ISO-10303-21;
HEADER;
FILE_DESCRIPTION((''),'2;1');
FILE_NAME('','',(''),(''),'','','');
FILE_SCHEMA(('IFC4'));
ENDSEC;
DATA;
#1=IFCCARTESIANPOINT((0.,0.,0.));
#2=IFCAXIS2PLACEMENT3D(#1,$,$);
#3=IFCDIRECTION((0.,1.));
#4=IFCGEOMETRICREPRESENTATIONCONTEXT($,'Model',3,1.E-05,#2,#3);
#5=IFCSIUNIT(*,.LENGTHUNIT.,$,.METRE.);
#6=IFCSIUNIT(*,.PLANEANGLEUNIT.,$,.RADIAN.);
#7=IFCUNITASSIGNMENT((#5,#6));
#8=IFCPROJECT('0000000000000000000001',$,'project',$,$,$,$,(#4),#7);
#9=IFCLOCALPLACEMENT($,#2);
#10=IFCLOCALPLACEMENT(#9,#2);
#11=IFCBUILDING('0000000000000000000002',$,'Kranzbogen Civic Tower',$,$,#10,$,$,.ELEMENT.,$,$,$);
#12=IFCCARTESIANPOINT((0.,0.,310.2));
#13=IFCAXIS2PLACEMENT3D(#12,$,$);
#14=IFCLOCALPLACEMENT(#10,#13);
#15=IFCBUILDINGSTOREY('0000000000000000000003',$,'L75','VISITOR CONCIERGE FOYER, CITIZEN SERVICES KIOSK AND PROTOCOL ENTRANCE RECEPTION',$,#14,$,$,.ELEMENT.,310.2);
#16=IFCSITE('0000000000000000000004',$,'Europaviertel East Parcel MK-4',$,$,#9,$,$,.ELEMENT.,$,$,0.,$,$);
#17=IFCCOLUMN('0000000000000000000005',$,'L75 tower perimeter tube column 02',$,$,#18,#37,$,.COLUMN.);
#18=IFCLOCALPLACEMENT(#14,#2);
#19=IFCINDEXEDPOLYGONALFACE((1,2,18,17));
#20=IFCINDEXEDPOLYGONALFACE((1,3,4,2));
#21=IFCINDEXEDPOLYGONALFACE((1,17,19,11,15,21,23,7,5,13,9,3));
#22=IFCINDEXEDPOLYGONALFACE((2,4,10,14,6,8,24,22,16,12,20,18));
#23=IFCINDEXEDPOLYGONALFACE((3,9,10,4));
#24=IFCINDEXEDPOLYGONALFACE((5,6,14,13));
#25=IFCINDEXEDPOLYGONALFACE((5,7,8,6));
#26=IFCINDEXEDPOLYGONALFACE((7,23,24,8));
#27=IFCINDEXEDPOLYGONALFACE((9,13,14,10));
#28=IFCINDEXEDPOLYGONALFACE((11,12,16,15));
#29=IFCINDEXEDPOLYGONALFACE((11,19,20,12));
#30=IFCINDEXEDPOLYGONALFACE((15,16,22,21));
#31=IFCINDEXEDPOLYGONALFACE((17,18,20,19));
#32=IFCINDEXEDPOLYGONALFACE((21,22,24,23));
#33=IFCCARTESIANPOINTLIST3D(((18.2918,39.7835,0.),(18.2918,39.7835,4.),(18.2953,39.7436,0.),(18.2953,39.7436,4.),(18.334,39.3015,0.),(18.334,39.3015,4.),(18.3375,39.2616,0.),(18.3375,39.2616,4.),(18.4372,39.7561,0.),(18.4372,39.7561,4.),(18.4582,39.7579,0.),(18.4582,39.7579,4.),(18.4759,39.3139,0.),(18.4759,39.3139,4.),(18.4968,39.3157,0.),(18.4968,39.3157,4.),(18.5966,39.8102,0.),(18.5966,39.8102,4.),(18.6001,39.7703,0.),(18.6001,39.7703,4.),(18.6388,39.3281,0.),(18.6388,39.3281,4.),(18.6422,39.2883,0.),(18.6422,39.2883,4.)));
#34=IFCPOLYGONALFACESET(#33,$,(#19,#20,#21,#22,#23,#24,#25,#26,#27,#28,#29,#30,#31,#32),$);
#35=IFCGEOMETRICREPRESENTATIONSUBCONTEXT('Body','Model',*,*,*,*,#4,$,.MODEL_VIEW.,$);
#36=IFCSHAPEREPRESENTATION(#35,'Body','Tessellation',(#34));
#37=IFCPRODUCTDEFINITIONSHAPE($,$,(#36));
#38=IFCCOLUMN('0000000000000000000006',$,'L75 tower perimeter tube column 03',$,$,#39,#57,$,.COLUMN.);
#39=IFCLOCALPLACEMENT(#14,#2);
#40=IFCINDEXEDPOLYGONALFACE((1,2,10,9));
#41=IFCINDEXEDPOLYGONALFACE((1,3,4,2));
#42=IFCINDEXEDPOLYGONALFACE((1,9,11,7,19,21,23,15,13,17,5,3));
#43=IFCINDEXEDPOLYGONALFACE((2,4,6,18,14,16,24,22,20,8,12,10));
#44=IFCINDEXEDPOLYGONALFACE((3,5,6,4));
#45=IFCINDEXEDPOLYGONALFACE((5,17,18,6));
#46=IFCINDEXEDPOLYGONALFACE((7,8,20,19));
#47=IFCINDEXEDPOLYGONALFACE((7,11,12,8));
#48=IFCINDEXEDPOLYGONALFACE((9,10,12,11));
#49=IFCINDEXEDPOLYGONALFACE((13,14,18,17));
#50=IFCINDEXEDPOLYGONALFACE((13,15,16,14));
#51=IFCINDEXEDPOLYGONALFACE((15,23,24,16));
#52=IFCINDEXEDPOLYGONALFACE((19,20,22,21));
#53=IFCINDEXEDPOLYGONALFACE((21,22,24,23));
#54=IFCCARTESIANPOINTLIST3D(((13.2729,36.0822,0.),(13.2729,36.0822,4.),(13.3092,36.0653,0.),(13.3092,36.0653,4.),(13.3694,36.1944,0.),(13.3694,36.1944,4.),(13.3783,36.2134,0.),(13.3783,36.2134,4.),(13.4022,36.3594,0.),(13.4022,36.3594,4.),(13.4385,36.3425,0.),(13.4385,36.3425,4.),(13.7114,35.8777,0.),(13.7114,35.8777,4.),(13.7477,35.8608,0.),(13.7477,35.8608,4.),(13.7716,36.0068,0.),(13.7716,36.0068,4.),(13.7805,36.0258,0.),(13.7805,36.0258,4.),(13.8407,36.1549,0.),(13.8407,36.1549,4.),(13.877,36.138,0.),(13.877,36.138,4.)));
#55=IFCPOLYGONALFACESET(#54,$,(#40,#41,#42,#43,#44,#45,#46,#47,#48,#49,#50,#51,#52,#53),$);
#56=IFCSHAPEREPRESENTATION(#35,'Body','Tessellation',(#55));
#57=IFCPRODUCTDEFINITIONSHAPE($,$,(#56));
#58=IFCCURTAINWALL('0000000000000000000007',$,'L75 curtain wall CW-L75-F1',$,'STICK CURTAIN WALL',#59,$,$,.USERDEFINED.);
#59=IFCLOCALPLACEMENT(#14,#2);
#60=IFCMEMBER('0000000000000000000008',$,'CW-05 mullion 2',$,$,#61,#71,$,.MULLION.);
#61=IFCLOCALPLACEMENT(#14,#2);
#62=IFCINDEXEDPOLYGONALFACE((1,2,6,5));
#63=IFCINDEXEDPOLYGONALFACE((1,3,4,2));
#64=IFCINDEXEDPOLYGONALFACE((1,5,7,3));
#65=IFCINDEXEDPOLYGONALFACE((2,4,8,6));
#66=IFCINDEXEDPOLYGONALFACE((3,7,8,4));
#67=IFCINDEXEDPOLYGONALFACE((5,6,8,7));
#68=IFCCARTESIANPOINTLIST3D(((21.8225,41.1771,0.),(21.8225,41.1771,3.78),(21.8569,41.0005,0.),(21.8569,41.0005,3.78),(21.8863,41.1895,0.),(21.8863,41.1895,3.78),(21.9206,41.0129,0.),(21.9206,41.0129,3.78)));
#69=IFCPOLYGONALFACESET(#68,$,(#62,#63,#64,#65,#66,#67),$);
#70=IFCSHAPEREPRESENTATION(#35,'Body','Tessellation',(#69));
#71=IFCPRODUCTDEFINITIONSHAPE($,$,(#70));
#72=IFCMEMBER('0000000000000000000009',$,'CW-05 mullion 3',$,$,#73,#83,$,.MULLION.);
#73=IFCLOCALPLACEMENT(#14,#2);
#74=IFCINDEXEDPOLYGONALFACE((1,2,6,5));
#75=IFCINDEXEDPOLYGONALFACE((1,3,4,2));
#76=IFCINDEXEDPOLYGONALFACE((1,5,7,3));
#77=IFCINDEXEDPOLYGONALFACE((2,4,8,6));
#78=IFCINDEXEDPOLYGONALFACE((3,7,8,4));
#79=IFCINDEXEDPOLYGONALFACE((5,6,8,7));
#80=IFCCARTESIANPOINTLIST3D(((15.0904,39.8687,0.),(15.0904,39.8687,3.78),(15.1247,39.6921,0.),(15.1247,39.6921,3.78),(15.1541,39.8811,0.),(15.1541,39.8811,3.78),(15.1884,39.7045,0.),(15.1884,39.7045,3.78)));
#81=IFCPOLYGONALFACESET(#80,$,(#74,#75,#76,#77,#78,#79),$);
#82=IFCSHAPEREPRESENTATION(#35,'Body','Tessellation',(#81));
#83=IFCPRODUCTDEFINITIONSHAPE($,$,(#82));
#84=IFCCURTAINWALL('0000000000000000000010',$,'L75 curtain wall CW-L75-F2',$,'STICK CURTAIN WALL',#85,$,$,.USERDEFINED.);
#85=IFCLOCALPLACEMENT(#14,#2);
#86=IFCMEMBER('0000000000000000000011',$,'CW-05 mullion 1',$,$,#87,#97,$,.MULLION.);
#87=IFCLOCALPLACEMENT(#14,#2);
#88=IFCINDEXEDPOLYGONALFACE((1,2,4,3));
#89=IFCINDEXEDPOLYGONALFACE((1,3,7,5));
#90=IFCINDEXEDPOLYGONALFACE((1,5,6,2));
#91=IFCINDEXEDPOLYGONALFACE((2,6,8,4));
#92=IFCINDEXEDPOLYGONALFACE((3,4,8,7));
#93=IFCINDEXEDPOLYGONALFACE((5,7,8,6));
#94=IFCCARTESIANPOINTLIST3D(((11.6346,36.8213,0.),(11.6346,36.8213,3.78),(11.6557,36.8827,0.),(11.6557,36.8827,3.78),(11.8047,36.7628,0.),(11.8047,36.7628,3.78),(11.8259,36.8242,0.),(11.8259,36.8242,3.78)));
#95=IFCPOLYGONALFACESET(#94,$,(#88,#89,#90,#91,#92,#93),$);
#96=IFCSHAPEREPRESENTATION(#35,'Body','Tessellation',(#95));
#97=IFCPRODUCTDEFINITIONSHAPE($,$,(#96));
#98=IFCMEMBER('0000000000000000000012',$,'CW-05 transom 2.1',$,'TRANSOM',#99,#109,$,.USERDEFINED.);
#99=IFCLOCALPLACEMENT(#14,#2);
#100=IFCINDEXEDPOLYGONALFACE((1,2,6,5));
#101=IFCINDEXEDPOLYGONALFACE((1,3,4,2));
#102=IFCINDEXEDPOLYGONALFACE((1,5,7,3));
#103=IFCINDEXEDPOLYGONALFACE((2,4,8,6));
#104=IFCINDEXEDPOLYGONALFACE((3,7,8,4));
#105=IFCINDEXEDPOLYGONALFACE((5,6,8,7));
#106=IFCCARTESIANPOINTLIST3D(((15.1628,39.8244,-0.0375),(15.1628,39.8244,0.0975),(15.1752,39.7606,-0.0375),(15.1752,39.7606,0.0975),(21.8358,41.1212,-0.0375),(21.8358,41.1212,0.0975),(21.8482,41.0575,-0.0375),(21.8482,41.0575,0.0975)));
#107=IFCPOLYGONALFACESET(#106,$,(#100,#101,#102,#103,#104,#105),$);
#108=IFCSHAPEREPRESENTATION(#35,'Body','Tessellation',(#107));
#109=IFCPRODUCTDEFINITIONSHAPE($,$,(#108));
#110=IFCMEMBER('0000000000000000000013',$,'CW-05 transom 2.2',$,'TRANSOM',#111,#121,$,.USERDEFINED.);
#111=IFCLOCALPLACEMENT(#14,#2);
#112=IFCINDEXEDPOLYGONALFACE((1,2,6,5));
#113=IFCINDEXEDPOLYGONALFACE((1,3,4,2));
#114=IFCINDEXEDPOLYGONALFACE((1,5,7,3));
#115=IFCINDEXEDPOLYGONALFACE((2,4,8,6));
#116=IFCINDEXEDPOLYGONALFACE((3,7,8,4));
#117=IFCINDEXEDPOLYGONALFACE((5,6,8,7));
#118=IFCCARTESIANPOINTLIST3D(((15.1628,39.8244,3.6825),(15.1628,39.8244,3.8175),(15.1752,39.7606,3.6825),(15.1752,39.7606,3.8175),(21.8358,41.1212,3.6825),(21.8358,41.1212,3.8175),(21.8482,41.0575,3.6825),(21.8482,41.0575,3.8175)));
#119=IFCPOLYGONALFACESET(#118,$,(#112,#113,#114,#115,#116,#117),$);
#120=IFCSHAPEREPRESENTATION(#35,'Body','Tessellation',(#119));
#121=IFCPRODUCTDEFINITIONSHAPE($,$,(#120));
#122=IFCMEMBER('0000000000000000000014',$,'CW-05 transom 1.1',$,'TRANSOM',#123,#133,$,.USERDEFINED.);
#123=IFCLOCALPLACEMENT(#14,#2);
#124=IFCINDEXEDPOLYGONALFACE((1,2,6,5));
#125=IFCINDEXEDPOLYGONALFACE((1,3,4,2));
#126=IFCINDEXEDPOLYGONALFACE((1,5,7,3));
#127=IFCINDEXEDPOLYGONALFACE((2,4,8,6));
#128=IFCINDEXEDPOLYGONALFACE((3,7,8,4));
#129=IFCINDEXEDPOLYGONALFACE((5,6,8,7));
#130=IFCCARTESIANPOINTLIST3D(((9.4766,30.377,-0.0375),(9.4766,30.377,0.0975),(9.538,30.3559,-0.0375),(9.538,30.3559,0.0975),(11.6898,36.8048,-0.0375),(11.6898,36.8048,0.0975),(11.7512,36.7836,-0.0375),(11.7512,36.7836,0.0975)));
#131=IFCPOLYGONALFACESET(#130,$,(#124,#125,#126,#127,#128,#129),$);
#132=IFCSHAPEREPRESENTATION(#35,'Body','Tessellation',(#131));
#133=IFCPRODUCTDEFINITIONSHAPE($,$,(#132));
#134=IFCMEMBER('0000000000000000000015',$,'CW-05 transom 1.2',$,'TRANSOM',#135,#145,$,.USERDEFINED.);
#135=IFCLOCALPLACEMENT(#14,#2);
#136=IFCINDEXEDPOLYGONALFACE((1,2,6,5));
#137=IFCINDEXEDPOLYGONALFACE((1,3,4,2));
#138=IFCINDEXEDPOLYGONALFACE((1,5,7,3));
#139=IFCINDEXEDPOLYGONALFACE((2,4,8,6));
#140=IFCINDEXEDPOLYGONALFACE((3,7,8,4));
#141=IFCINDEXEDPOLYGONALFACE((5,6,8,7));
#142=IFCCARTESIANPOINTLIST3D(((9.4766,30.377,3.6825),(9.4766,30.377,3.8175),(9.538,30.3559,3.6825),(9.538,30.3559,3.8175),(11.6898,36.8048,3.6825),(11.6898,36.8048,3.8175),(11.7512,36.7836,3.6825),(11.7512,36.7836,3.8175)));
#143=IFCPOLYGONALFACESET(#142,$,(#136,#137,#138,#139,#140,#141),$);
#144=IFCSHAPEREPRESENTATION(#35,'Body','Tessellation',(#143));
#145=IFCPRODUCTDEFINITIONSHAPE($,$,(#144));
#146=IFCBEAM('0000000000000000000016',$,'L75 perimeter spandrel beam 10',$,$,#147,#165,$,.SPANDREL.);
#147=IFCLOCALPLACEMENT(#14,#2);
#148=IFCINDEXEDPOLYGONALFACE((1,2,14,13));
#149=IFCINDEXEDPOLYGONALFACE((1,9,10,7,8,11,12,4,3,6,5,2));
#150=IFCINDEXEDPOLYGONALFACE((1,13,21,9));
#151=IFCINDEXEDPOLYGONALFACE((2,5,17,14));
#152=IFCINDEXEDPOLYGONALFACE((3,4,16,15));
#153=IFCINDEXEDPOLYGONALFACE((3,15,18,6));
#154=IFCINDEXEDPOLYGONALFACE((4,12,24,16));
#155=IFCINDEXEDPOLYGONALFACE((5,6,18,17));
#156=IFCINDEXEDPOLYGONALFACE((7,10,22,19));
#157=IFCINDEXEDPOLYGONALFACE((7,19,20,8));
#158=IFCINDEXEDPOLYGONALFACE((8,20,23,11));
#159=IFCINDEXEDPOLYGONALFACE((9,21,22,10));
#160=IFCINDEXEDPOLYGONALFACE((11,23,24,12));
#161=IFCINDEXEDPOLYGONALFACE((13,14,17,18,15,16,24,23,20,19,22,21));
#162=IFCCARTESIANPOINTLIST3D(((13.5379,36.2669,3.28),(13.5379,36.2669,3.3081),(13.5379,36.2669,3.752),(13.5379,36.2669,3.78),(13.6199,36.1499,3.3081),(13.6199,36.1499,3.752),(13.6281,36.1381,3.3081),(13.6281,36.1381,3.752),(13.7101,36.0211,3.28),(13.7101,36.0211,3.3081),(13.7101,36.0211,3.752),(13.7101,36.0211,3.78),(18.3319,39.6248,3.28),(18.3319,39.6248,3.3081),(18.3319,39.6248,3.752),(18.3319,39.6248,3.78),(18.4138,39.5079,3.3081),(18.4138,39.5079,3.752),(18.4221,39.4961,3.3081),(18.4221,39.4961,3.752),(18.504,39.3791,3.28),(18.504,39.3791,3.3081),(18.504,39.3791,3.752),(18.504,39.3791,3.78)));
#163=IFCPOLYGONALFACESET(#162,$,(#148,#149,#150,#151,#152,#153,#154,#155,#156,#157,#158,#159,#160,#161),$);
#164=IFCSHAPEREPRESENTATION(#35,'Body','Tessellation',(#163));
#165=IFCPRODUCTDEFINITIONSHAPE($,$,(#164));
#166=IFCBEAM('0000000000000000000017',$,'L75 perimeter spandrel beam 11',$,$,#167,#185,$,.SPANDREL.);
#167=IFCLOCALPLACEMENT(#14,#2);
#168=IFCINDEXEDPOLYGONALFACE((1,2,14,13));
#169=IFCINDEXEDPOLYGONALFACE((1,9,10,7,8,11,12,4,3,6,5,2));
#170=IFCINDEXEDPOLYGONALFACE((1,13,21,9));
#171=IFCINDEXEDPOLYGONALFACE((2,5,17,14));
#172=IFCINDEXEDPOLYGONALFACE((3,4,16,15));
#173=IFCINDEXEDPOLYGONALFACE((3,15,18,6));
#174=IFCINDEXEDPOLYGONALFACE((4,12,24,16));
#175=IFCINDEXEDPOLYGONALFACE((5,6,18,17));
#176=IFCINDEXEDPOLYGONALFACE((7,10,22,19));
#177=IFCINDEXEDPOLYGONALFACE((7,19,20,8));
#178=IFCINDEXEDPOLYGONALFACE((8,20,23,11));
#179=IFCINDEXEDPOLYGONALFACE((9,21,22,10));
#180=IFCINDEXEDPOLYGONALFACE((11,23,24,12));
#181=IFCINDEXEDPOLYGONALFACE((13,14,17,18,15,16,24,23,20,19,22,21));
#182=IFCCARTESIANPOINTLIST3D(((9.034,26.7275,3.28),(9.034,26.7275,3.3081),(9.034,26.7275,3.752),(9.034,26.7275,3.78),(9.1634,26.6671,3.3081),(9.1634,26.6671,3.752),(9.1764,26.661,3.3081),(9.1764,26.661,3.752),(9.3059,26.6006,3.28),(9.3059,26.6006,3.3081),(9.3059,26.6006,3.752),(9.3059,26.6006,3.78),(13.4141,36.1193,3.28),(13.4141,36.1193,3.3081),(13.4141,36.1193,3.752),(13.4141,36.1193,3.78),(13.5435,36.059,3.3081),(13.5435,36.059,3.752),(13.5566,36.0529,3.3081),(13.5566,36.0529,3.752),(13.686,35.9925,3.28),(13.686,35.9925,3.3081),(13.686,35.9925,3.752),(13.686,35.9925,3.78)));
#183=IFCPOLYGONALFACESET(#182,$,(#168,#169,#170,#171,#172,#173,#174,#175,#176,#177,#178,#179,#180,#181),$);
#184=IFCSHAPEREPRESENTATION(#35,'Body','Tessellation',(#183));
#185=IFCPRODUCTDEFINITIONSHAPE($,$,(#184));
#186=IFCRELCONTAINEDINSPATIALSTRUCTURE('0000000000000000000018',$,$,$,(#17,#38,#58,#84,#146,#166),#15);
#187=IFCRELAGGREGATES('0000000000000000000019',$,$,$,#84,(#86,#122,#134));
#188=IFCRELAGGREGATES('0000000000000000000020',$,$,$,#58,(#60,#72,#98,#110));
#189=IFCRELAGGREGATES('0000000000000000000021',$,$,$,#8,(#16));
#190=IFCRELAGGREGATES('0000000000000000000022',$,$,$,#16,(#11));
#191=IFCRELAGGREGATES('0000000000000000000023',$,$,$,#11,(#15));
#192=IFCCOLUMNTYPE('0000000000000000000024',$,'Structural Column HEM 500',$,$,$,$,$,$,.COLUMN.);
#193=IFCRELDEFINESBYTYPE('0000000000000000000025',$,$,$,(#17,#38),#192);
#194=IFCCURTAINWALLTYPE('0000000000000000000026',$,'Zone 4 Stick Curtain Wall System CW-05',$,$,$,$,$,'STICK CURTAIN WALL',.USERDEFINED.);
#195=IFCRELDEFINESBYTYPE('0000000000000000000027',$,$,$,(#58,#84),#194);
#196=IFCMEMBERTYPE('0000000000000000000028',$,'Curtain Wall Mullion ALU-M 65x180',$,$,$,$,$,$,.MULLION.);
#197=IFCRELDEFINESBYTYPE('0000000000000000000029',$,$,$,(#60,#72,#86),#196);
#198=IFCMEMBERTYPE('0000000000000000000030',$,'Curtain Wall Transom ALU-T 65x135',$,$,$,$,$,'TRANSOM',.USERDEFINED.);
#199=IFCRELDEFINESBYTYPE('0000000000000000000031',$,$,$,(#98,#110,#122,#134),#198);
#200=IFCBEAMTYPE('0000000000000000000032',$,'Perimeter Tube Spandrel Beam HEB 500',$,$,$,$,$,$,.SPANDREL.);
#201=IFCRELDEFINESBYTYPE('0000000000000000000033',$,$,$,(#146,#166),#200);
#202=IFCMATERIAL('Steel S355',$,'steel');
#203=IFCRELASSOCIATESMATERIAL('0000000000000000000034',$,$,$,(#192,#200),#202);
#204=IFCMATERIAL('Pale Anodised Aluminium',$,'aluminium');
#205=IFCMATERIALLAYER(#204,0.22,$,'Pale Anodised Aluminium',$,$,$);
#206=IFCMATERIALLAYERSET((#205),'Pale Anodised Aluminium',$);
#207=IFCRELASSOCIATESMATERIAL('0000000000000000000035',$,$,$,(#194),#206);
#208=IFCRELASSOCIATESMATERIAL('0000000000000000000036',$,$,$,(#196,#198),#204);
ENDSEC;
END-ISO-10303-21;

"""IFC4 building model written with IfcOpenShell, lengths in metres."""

from ifc_helpers import new_model, si_unit, direction, frame, origin, origin_2d, place, context, subcontext, project, spatial, rectangle, i_section, extrude, material, layer, layer_set, material_profile, profile_set, type_object, element, aggregate, save


model = new_model("IFC4")

# Units and contexts
model_context = context("Model", 3, precision=1e-05, world=origin(), true_north=direction((0.0, 1.0)))
body_context = subcontext(model_context, "Body", "Model", "MODEL_VIEW")
ifc_project = project(units=[si_unit("LENGTHUNIT", "METRE"), si_unit("PLANEANGLEUNIT", "RADIAN")], contexts=[model_context])

# Site, building, storey
site_placement = place(None, origin())
site = spatial("IfcSite", under=ifc_project, at=site_placement, Name="Europaviertel East Parcel MK-4", CompositionType="ELEMENT", RefElevation=0.0)
building_placement = place(site_placement, origin())
building = spatial("IfcBuilding", under=site, at=building_placement, Name="Kranzbogen Civic Tower", CompositionType="ELEMENT")
storey_placement = place(building_placement, frame((0.0, 0.0, 310.2)))
storey = spatial("IfcBuildingStorey", under=building, at=storey_placement, Name="L75", Description="VISITOR CONCIERGE FOYER, CITIZEN SERVICES KIOSK AND PROTOCOL ENTRANCE RECEPTION", CompositionType="ELEMENT", Elevation=310.2)

# Columns
ifc_material_1 = material(Name="Steel S355", Category="steel")
ifc_material_profile_1 = material_profile(ifc_material_1, i_section(OverallWidth=0.3059, OverallDepth=0.5239, WebThickness=0.021, FlangeThickness=0.04, at=origin_2d()), Name="HEM 500")
ifc_profile_set_1 = profile_set([ifc_material_profile_1], Name="Steel S355")
column_type = type_object("IfcColumnType", Name="Structural Column HEM 500", PredefinedType="COLUMN", material=ifc_profile_set_1)
for number, where, z_axis, x_axis, name in (
    (1, (18.467, 39.5359, 0.0), (0.0, 0.0, 1.0), (0.996195, 0.087156, 0.0), "L75 tower perimeter tube column 02"),
    (2, (13.575, 36.1101, 0.0), (0.0, 0.0, 1.0), (0.422618, 0.906308, 0.0), "L75 tower perimeter tube column 03"),
):
    element("IfcColumn", number, at=place(storey_placement, frame(where, z_axis=z_axis, x_axis=x_axis)), inside=storey, type_object=column_type, Name=name, PredefinedType="COLUMN", context=body_context, shape_type="SweptSolid", body=[
        extrude(i_section(OverallWidth=0.3059, OverallDepth=0.5239, WebThickness=0.021, FlangeThickness=0.04, at=origin_2d()), origin(), (0.0, 0.0, 1.0), 4.0),
    ])

# Curtain wall, members
ifc_material_2 = material(Name="Pale Anodised Aluminium", Category="aluminium")
ifc_layer_1 = layer(ifc_material_2, 0.22, Name="Pale Anodised Aluminium")
ifc_layer_set_1 = layer_set([ifc_layer_1], Name="Pale Anodised Aluminium")
curtain_wall_type = type_object("IfcCurtainWallType", Name="Zone 4 Stick Curtain Wall System CW-05", ElementType="STICK CURTAIN WALL", PredefinedType="USERDEFINED", material=ifc_layer_set_1)
curtain_wall_1_placement = place(storey_placement, origin())
curtain_wall_1 = element("IfcCurtainWall", 3, at=curtain_wall_1_placement, inside=storey, type_object=curtain_wall_type, Name="L75 curtain wall CW-L75-F1", ObjectType="STICK CURTAIN WALL", PredefinedType="USERDEFINED")
ifc_material_profile_2 = material_profile(ifc_material_2, rectangle(XDim=0.0649, YDim=0.1799, at=origin_2d()), Name="ALU-M 65x180")
ifc_profile_set_2 = profile_set([ifc_material_profile_2], Name="Pale Anodised Aluminium")
member_type_1 = type_object("IfcMemberType", Name="Curtain Wall Mullion ALU-M 65x180", PredefinedType="MULLION", material=ifc_profile_set_2)
member_1_placement = place(storey_placement, frame((21.8716, 41.095, 0.0), z_axis=(0.0, 0.0, 1.0), x_axis=(-0.981635, -0.190767, 0.0)))
member_1 = element("IfcMember", 4, at=member_1_placement, type_object=member_type_1, Name="CW-05 mullion 2", PredefinedType="MULLION", context=body_context, shape_type="SweptSolid", body=[
    extrude(rectangle(XDim=0.0649, YDim=0.1799, at=origin_2d()), origin(), (0.0, 0.0, 1.0), 3.78),
])
member_2_placement = place(storey_placement, frame((15.1394, 39.7866, 0.0), z_axis=(0.0, 0.0, 1.0), x_axis=(-0.981635, -0.190767, 0.0)))
member_2 = element("IfcMember", 5, at=member_2_placement, type_object=member_type_1, Name="CW-05 mullion 3", PredefinedType="MULLION", context=body_context, shape_type="SweptSolid", body=[
    extrude(rectangle(XDim=0.0649, YDim=0.1799, at=origin_2d()), origin(), (0.0, 0.0, 1.0), 3.78),
])

# Curtain wall, member
curtain_wall_2_placement = place(storey_placement, origin())
curtain_wall_2 = element("IfcCurtainWall", 6, at=curtain_wall_2_placement, inside=storey, type_object=curtain_wall_type, Name="L75 curtain wall CW-L75-F2", ObjectType="STICK CURTAIN WALL", PredefinedType="USERDEFINED")
member_3_placement = place(storey_placement, frame((11.7302, 36.8228, 0.0), z_axis=(0.0, 0.0, 1.0), x_axis=(-0.325554, -0.945523, 0.0)))
member_3 = element("IfcMember", 7, at=member_3_placement, type_object=member_type_1, Name="CW-05 mullion 1", PredefinedType="MULLION", context=body_context, shape_type="SweptSolid", body=[
    extrude(rectangle(XDim=0.0649, YDim=0.1799, at=origin_2d()), origin(), (0.0, 0.0, 1.0), 3.78),
])

# Members
ifc_material_profile_3 = material_profile(ifc_material_2, rectangle(XDim=0.0649, YDim=0.135, at=origin_2d()), Name="ALU-T 65x135")
ifc_profile_set_3 = profile_set([ifc_material_profile_3], Name="Pale Anodised Aluminium")
member_type_2 = type_object("IfcMemberType", Name="Curtain Wall Transom ALU-T 65x135", ElementType="TRANSOM", PredefinedType="USERDEFINED", material=ifc_profile_set_3)
member_4_placement = place(storey_placement, frame((21.842, 41.0894, 0.03), z_axis=(-0.981634, -0.190774, 0.0), x_axis=(0.190774, -0.981634, 0.0)))
member_4 = element("IfcMember", 8, at=member_4_placement, type_object=member_type_2, Name="CW-05 transom 2.1", ObjectType="TRANSOM", PredefinedType="USERDEFINED", context=body_context, shape_type="SweptSolid", body=[
    extrude(rectangle(XDim=0.0649, YDim=0.135, at=origin_2d()), origin(), (0.0, 0.0, 1.0), 6.7979),
])
member_5_placement = place(storey_placement, frame((21.842, 41.0894, 3.75), z_axis=(-0.981634, -0.190774, 0.0), x_axis=(0.190774, -0.981634, 0.0)))
member_5 = element("IfcMember", 9, at=member_5_placement, type_object=member_type_2, Name="CW-05 transom 2.2", ObjectType="TRANSOM", PredefinedType="USERDEFINED", context=body_context, shape_type="SweptSolid", body=[
    extrude(rectangle(XDim=0.0649, YDim=0.135, at=origin_2d()), origin(), (0.0, 0.0, 1.0), 6.7979),
])
member_6_placement = place(storey_placement, frame((11.7205, 36.7942, 0.03), z_axis=(-0.325553, -0.945524, 0.0), x_axis=(0.945524, -0.325553, 0.0)))
member_6 = element("IfcMember", 10, at=member_6_placement, type_object=member_type_2, Name="CW-05 transom 1.1", ObjectType="TRANSOM", PredefinedType="USERDEFINED", context=body_context, shape_type="SweptSolid", body=[
    extrude(rectangle(XDim=0.0649, YDim=0.135, at=origin_2d()), origin(), (0.0, 0.0, 1.0), 6.7981),
])
member_7_placement = place(storey_placement, frame((11.7205, 36.7942, 3.75), z_axis=(-0.325553, -0.945524, 0.0), x_axis=(0.945524, -0.325553, 0.0)))
member_7 = element("IfcMember", 11, at=member_7_placement, type_object=member_type_2, Name="CW-05 transom 1.2", ObjectType="TRANSOM", PredefinedType="USERDEFINED", context=body_context, shape_type="SweptSolid", body=[
    extrude(rectangle(XDim=0.0649, YDim=0.135, at=origin_2d()), origin(), (0.0, 0.0, 1.0), 6.7981),
])
aggregate(curtain_wall_2, [member_3, member_6, member_7])

# Beams
ifc_material_profile_4 = material_profile(ifc_material_1, i_section(OverallWidth=0.3, OverallDepth=0.5, WebThickness=0.0144, FlangeThickness=0.0281, at=origin_2d()), Name="HEB 500")
ifc_profile_set_4 = profile_set([ifc_material_profile_4], Name="Steel S355")
beam_type_1 = type_object("IfcBeamType", Name="Perimeter Tube Spandrel Beam HEB 500", PredefinedType="SPANDREL", material=ifc_profile_set_4)
beam_1_placement = place(storey_placement, frame((18.418, 39.502, 3.53), z_axis=(-0.819059, -0.573709, 0.0), x_axis=(0.573709, -0.819059, 0.0)))
element("IfcBeam", 12, at=beam_1_placement, inside=storey, type_object=beam_type_1, Name="L75 perimeter spandrel beam 10", PredefinedType="SPANDREL", context=body_context, shape_type="SweptSolid", body=[
    extrude(i_section(OverallWidth=0.3, OverallDepth=0.5, WebThickness=0.0144, FlangeThickness=0.0281, at=origin_2d()), origin(), (0.0, 0.0, 1.0), 5.853),
])
beam_2_placement = place(storey_placement, frame((13.55, 36.0559, 3.53), z_axis=(-0.422669, -0.906284, 0.0), x_axis=(0.906284, -0.422669, 0.0)))
element("IfcBeam", 13, at=beam_2_placement, inside=storey, type_object=beam_type_1, Name="L75 perimeter spandrel beam 11", PredefinedType="SPANDREL", context=body_context, shape_type="SweptSolid", body=[
    extrude(i_section(OverallWidth=0.3, OverallDepth=0.5, WebThickness=0.0144, FlangeThickness=0.0281, at=origin_2d()), origin(), (0.0, 0.0, 1.0), 10.363),
])

aggregate(curtain_wall_1, [member_1, member_2, member_4, member_5])

save(model, "model.ifc")
